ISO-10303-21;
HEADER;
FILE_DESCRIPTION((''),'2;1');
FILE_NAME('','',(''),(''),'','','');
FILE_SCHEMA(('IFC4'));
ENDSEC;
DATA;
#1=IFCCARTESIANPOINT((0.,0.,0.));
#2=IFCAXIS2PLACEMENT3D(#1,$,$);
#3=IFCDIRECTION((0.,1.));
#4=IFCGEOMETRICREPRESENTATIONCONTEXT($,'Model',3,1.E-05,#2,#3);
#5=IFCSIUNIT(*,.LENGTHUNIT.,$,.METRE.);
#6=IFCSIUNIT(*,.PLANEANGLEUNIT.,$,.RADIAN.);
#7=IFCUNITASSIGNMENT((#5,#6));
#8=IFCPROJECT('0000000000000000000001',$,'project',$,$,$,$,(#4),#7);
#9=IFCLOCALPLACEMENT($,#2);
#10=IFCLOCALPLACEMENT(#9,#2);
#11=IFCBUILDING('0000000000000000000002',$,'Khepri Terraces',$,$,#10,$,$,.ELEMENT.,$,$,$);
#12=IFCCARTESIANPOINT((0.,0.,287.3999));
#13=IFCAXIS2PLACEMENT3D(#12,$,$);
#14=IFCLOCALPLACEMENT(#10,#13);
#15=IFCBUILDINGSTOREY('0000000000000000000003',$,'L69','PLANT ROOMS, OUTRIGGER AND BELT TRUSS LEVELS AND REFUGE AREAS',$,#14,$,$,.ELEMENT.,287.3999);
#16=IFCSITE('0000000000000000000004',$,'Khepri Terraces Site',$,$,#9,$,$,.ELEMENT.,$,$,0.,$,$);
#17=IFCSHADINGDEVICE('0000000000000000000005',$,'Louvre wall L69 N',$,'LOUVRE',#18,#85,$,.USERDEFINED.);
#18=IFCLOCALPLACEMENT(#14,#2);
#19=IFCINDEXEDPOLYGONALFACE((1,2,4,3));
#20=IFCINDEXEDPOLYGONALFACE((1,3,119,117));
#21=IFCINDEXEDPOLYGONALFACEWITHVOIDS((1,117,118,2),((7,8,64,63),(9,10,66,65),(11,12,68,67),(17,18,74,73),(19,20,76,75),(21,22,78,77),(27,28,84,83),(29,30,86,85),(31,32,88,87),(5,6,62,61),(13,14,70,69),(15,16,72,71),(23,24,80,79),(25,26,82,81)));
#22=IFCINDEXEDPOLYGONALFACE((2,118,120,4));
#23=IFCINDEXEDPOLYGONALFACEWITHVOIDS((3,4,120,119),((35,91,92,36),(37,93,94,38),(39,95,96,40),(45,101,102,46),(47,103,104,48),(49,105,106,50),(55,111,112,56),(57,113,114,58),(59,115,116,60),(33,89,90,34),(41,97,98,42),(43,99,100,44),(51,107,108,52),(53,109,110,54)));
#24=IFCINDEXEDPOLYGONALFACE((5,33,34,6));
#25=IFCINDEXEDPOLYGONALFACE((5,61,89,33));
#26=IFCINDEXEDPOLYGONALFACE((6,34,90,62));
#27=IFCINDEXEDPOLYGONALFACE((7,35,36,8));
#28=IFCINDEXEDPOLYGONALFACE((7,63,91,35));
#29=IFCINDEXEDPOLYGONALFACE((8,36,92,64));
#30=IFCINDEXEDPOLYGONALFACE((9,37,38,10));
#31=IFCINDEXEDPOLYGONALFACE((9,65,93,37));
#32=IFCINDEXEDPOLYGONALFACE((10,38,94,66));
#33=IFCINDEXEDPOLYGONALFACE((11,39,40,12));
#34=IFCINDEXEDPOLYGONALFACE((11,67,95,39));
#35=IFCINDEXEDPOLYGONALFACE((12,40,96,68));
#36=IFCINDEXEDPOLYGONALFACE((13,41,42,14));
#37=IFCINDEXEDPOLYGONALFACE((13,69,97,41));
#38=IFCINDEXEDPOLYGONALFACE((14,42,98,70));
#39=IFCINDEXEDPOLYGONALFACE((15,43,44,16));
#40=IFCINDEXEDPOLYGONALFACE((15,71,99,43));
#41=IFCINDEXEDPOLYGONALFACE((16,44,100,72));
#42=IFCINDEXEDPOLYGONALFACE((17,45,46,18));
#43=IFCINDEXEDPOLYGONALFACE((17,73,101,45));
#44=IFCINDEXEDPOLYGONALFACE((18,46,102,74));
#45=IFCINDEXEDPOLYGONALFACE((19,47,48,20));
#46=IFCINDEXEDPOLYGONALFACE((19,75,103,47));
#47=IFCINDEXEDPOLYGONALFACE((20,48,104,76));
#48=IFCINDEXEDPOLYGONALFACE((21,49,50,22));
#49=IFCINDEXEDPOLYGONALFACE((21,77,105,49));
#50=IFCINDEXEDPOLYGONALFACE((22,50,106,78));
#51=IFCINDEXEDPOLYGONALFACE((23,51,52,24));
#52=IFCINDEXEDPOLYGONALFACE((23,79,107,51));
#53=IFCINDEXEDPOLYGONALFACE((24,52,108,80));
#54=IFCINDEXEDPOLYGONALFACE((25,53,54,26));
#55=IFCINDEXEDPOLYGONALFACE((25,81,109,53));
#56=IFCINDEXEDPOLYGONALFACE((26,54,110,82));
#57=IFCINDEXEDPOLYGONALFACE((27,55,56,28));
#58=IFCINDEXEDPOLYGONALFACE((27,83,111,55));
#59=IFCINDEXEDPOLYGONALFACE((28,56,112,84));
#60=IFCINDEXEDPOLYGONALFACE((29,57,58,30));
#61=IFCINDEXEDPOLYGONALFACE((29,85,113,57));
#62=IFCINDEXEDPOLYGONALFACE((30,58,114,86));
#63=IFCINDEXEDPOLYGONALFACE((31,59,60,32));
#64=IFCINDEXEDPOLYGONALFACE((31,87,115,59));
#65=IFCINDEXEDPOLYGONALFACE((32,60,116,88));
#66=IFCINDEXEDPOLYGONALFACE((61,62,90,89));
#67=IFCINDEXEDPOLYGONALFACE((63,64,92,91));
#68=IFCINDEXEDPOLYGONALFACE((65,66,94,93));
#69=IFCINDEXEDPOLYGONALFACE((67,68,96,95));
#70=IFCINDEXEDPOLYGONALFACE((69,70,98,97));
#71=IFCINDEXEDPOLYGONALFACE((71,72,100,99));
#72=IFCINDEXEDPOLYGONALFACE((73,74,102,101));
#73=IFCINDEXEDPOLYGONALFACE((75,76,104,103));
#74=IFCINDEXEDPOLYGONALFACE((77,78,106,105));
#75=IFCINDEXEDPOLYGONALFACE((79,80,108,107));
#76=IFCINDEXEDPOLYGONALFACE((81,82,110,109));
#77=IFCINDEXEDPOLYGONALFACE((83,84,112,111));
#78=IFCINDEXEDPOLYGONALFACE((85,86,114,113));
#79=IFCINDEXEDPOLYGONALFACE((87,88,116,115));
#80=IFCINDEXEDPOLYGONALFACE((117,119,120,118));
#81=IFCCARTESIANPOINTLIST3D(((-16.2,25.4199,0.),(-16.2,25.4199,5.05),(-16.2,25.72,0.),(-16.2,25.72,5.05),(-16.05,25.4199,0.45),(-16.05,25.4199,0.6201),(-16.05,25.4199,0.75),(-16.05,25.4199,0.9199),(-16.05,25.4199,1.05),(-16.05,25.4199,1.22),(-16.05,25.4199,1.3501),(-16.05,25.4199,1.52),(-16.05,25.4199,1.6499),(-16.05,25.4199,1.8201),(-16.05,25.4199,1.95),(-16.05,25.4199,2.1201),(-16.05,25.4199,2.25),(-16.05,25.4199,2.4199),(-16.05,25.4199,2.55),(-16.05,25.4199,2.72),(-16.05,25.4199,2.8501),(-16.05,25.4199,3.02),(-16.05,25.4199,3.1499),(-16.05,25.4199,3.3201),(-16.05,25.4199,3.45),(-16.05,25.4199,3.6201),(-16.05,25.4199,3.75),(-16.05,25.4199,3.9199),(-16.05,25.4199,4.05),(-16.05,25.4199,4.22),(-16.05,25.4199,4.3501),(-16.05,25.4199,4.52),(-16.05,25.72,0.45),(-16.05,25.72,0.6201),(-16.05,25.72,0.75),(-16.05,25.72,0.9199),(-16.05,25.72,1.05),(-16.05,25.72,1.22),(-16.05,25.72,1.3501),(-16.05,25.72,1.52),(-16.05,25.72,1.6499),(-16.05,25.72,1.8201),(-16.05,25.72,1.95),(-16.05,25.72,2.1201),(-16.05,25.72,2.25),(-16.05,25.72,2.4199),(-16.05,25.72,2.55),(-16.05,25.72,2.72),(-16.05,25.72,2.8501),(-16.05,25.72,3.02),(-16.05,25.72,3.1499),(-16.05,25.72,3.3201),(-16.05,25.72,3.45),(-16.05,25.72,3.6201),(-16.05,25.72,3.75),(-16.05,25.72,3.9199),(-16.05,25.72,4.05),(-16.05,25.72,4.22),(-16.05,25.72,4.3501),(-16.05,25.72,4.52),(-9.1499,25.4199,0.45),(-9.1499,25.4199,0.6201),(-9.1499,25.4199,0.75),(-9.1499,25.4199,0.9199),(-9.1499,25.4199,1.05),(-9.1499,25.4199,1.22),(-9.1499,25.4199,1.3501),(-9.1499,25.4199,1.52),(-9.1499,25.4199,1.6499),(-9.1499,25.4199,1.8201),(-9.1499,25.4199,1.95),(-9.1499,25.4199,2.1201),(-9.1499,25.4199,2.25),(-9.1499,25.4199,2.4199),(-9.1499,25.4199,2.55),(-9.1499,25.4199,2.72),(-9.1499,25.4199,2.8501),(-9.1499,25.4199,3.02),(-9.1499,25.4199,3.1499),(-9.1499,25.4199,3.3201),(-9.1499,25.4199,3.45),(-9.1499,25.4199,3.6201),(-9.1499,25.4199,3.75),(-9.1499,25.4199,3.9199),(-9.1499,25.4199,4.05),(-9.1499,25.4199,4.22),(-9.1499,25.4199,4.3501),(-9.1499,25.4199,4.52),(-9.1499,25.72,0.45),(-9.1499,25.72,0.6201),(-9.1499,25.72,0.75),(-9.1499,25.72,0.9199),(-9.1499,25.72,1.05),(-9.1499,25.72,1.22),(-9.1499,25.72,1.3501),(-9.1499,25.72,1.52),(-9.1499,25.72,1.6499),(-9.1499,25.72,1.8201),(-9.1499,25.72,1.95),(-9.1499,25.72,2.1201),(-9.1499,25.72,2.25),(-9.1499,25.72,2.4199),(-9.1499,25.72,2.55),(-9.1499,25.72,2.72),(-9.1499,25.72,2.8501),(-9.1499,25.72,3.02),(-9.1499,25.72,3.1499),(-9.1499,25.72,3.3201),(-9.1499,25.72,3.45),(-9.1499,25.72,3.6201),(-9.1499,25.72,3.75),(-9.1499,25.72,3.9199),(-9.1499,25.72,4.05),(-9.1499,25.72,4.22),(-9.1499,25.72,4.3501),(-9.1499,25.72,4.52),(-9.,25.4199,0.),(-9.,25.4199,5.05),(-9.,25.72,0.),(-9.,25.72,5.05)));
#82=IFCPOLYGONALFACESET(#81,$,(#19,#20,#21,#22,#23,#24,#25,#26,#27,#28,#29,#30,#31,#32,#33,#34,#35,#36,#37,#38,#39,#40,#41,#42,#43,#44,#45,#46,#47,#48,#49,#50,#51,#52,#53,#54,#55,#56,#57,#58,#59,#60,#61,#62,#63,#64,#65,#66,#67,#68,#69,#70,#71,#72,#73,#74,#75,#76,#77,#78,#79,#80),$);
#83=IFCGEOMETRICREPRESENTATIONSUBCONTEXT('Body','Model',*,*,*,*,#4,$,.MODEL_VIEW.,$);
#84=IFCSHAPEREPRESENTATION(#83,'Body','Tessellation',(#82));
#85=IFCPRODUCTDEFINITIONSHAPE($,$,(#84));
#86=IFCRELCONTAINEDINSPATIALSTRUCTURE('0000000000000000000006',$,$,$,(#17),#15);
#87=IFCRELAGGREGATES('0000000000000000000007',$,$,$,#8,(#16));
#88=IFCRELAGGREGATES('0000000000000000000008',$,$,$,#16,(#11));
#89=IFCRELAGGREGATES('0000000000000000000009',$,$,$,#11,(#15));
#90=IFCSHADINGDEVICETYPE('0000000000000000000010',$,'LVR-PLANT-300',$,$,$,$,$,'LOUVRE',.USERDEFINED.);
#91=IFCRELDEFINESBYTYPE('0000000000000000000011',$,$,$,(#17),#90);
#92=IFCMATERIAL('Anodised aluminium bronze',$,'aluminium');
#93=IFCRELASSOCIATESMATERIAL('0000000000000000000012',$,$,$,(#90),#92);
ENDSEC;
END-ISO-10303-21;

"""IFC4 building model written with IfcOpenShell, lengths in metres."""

from ifc_helpers import new_model, si_unit, direction, frame, origin, place, context, subcontext, project, spatial, polyline, outline, extrude, material, type_object, element, save


model = new_model("IFC4")

# Units and contexts
model_context = context("Model", 3, precision=1e-05, world=origin(), true_north=direction((0.0, 1.0)))
body_context = subcontext(model_context, "Body", "Model", "MODEL_VIEW")
ifc_project = project(units=[si_unit("LENGTHUNIT", "METRE"), si_unit("PLANEANGLEUNIT", "RADIAN")], contexts=[model_context])

# Site, building, storey
site_placement = place(None, origin())
site = spatial("IfcSite", under=ifc_project, at=site_placement, Name="Khepri Terraces Site", CompositionType="ELEMENT", RefElevation=0.0)
building_placement = place(site_placement, origin())
building = spatial("IfcBuilding", under=site, at=building_placement, Name="Khepri Terraces", CompositionType="ELEMENT")
storey_placement = place(building_placement, frame((0.0, 0.0, 287.3999)))
storey = spatial("IfcBuildingStorey", under=building, at=storey_placement, Name="L69", Description="PLANT ROOMS, OUTRIGGER AND BELT TRUSS LEVELS AND REFUGE AREAS", CompositionType="ELEMENT", Elevation=287.3999)

# Shading device
ifc_material_1 = material(Name="Anodised aluminium bronze", Category="aluminium")
shading_device_type = type_object("IfcShadingDeviceType", Name="LVR-PLANT-300", ElementType="LOUVRE", PredefinedType="USERDEFINED", material=ifc_material_1)
shading_device_1_placement = place(storey_placement, frame((-9.0, 25.4199, 0.0), z_axis=(0.0, 1.0, 0.0), x_axis=(-1.0, 0.0, 0.0)))
element("IfcShadingDevice", 1, at=shading_device_1_placement, inside=storey, type_object=shading_device_type, Name="Louvre wall L69 N", ObjectType="LOUVRE", PredefinedType="USERDEFINED", context=body_context, shape_type="SweptSolid", body=[
    extrude(outline(polyline([(0.0, 0.0), (7.2, 0.0), (7.2, 5.05), (0.0, 5.05), (0.0, 0.0)]), holes=[polyline([(0.1499, 0.45), (7.05, 0.45), (7.05, 0.6201), (0.1499, 0.6201), (0.1499, 0.45)]), polyline([(0.1499, 0.75), (7.05, 0.75), (7.05, 0.9199), (0.1499, 0.9199), (0.1499, 0.75)]), polyline([(0.1499, 1.05), (7.05, 1.05), (7.05, 1.22), (0.1499, 1.22), (0.1499, 1.05)]), polyline([(0.1499, 1.3501), (7.05, 1.3501), (7.05, 1.52), (0.1499, 1.52), (0.1499, 1.3501)]), polyline([(0.1499, 1.6499), (7.05, 1.6499), (7.05, 1.8201), (0.1499, 1.8201), (0.1499, 1.6499)]), polyline([(0.1499, 1.95), (7.05, 1.95), (7.05, 2.1201), (0.1499, 2.1201), (0.1499, 1.95)]), polyline([(0.1499, 2.25), (7.05, 2.25), (7.05, 2.4199), (0.1499, 2.4199), (0.1499, 2.25)]), polyline([(0.1499, 2.55), (7.05, 2.55), (7.05, 2.72), (0.1499, 2.72), (0.1499, 2.55)]), polyline([(0.1499, 2.8501), (7.05, 2.8501), (7.05, 3.02), (0.1499, 3.02), (0.1499, 2.8501)]), polyline([(0.1499, 3.1499), (7.05, 3.1499), (7.05, 3.3201), (0.1499, 3.3201), (0.1499, 3.1499)]), polyline([(0.1499, 3.45), (7.05, 3.45), (7.05, 3.6201), (0.1499, 3.6201), (0.1499, 3.45)]), polyline([(0.1499, 3.75), (7.05, 3.75), (7.05, 3.9199), (0.1499, 3.9199), (0.1499, 3.75)]), polyline([(0.1499, 4.05), (7.05, 4.05), (7.05, 4.22), (0.1499, 4.22), (0.1499, 4.05)]), polyline([(0.1499, 4.3501), (7.05, 4.3501), (7.05, 4.52), (0.1499, 4.52), (0.1499, 4.3501)])]), origin(), (0.0, 0.0, 1.0), 0.3),
])

save(model, "model.ifc")
